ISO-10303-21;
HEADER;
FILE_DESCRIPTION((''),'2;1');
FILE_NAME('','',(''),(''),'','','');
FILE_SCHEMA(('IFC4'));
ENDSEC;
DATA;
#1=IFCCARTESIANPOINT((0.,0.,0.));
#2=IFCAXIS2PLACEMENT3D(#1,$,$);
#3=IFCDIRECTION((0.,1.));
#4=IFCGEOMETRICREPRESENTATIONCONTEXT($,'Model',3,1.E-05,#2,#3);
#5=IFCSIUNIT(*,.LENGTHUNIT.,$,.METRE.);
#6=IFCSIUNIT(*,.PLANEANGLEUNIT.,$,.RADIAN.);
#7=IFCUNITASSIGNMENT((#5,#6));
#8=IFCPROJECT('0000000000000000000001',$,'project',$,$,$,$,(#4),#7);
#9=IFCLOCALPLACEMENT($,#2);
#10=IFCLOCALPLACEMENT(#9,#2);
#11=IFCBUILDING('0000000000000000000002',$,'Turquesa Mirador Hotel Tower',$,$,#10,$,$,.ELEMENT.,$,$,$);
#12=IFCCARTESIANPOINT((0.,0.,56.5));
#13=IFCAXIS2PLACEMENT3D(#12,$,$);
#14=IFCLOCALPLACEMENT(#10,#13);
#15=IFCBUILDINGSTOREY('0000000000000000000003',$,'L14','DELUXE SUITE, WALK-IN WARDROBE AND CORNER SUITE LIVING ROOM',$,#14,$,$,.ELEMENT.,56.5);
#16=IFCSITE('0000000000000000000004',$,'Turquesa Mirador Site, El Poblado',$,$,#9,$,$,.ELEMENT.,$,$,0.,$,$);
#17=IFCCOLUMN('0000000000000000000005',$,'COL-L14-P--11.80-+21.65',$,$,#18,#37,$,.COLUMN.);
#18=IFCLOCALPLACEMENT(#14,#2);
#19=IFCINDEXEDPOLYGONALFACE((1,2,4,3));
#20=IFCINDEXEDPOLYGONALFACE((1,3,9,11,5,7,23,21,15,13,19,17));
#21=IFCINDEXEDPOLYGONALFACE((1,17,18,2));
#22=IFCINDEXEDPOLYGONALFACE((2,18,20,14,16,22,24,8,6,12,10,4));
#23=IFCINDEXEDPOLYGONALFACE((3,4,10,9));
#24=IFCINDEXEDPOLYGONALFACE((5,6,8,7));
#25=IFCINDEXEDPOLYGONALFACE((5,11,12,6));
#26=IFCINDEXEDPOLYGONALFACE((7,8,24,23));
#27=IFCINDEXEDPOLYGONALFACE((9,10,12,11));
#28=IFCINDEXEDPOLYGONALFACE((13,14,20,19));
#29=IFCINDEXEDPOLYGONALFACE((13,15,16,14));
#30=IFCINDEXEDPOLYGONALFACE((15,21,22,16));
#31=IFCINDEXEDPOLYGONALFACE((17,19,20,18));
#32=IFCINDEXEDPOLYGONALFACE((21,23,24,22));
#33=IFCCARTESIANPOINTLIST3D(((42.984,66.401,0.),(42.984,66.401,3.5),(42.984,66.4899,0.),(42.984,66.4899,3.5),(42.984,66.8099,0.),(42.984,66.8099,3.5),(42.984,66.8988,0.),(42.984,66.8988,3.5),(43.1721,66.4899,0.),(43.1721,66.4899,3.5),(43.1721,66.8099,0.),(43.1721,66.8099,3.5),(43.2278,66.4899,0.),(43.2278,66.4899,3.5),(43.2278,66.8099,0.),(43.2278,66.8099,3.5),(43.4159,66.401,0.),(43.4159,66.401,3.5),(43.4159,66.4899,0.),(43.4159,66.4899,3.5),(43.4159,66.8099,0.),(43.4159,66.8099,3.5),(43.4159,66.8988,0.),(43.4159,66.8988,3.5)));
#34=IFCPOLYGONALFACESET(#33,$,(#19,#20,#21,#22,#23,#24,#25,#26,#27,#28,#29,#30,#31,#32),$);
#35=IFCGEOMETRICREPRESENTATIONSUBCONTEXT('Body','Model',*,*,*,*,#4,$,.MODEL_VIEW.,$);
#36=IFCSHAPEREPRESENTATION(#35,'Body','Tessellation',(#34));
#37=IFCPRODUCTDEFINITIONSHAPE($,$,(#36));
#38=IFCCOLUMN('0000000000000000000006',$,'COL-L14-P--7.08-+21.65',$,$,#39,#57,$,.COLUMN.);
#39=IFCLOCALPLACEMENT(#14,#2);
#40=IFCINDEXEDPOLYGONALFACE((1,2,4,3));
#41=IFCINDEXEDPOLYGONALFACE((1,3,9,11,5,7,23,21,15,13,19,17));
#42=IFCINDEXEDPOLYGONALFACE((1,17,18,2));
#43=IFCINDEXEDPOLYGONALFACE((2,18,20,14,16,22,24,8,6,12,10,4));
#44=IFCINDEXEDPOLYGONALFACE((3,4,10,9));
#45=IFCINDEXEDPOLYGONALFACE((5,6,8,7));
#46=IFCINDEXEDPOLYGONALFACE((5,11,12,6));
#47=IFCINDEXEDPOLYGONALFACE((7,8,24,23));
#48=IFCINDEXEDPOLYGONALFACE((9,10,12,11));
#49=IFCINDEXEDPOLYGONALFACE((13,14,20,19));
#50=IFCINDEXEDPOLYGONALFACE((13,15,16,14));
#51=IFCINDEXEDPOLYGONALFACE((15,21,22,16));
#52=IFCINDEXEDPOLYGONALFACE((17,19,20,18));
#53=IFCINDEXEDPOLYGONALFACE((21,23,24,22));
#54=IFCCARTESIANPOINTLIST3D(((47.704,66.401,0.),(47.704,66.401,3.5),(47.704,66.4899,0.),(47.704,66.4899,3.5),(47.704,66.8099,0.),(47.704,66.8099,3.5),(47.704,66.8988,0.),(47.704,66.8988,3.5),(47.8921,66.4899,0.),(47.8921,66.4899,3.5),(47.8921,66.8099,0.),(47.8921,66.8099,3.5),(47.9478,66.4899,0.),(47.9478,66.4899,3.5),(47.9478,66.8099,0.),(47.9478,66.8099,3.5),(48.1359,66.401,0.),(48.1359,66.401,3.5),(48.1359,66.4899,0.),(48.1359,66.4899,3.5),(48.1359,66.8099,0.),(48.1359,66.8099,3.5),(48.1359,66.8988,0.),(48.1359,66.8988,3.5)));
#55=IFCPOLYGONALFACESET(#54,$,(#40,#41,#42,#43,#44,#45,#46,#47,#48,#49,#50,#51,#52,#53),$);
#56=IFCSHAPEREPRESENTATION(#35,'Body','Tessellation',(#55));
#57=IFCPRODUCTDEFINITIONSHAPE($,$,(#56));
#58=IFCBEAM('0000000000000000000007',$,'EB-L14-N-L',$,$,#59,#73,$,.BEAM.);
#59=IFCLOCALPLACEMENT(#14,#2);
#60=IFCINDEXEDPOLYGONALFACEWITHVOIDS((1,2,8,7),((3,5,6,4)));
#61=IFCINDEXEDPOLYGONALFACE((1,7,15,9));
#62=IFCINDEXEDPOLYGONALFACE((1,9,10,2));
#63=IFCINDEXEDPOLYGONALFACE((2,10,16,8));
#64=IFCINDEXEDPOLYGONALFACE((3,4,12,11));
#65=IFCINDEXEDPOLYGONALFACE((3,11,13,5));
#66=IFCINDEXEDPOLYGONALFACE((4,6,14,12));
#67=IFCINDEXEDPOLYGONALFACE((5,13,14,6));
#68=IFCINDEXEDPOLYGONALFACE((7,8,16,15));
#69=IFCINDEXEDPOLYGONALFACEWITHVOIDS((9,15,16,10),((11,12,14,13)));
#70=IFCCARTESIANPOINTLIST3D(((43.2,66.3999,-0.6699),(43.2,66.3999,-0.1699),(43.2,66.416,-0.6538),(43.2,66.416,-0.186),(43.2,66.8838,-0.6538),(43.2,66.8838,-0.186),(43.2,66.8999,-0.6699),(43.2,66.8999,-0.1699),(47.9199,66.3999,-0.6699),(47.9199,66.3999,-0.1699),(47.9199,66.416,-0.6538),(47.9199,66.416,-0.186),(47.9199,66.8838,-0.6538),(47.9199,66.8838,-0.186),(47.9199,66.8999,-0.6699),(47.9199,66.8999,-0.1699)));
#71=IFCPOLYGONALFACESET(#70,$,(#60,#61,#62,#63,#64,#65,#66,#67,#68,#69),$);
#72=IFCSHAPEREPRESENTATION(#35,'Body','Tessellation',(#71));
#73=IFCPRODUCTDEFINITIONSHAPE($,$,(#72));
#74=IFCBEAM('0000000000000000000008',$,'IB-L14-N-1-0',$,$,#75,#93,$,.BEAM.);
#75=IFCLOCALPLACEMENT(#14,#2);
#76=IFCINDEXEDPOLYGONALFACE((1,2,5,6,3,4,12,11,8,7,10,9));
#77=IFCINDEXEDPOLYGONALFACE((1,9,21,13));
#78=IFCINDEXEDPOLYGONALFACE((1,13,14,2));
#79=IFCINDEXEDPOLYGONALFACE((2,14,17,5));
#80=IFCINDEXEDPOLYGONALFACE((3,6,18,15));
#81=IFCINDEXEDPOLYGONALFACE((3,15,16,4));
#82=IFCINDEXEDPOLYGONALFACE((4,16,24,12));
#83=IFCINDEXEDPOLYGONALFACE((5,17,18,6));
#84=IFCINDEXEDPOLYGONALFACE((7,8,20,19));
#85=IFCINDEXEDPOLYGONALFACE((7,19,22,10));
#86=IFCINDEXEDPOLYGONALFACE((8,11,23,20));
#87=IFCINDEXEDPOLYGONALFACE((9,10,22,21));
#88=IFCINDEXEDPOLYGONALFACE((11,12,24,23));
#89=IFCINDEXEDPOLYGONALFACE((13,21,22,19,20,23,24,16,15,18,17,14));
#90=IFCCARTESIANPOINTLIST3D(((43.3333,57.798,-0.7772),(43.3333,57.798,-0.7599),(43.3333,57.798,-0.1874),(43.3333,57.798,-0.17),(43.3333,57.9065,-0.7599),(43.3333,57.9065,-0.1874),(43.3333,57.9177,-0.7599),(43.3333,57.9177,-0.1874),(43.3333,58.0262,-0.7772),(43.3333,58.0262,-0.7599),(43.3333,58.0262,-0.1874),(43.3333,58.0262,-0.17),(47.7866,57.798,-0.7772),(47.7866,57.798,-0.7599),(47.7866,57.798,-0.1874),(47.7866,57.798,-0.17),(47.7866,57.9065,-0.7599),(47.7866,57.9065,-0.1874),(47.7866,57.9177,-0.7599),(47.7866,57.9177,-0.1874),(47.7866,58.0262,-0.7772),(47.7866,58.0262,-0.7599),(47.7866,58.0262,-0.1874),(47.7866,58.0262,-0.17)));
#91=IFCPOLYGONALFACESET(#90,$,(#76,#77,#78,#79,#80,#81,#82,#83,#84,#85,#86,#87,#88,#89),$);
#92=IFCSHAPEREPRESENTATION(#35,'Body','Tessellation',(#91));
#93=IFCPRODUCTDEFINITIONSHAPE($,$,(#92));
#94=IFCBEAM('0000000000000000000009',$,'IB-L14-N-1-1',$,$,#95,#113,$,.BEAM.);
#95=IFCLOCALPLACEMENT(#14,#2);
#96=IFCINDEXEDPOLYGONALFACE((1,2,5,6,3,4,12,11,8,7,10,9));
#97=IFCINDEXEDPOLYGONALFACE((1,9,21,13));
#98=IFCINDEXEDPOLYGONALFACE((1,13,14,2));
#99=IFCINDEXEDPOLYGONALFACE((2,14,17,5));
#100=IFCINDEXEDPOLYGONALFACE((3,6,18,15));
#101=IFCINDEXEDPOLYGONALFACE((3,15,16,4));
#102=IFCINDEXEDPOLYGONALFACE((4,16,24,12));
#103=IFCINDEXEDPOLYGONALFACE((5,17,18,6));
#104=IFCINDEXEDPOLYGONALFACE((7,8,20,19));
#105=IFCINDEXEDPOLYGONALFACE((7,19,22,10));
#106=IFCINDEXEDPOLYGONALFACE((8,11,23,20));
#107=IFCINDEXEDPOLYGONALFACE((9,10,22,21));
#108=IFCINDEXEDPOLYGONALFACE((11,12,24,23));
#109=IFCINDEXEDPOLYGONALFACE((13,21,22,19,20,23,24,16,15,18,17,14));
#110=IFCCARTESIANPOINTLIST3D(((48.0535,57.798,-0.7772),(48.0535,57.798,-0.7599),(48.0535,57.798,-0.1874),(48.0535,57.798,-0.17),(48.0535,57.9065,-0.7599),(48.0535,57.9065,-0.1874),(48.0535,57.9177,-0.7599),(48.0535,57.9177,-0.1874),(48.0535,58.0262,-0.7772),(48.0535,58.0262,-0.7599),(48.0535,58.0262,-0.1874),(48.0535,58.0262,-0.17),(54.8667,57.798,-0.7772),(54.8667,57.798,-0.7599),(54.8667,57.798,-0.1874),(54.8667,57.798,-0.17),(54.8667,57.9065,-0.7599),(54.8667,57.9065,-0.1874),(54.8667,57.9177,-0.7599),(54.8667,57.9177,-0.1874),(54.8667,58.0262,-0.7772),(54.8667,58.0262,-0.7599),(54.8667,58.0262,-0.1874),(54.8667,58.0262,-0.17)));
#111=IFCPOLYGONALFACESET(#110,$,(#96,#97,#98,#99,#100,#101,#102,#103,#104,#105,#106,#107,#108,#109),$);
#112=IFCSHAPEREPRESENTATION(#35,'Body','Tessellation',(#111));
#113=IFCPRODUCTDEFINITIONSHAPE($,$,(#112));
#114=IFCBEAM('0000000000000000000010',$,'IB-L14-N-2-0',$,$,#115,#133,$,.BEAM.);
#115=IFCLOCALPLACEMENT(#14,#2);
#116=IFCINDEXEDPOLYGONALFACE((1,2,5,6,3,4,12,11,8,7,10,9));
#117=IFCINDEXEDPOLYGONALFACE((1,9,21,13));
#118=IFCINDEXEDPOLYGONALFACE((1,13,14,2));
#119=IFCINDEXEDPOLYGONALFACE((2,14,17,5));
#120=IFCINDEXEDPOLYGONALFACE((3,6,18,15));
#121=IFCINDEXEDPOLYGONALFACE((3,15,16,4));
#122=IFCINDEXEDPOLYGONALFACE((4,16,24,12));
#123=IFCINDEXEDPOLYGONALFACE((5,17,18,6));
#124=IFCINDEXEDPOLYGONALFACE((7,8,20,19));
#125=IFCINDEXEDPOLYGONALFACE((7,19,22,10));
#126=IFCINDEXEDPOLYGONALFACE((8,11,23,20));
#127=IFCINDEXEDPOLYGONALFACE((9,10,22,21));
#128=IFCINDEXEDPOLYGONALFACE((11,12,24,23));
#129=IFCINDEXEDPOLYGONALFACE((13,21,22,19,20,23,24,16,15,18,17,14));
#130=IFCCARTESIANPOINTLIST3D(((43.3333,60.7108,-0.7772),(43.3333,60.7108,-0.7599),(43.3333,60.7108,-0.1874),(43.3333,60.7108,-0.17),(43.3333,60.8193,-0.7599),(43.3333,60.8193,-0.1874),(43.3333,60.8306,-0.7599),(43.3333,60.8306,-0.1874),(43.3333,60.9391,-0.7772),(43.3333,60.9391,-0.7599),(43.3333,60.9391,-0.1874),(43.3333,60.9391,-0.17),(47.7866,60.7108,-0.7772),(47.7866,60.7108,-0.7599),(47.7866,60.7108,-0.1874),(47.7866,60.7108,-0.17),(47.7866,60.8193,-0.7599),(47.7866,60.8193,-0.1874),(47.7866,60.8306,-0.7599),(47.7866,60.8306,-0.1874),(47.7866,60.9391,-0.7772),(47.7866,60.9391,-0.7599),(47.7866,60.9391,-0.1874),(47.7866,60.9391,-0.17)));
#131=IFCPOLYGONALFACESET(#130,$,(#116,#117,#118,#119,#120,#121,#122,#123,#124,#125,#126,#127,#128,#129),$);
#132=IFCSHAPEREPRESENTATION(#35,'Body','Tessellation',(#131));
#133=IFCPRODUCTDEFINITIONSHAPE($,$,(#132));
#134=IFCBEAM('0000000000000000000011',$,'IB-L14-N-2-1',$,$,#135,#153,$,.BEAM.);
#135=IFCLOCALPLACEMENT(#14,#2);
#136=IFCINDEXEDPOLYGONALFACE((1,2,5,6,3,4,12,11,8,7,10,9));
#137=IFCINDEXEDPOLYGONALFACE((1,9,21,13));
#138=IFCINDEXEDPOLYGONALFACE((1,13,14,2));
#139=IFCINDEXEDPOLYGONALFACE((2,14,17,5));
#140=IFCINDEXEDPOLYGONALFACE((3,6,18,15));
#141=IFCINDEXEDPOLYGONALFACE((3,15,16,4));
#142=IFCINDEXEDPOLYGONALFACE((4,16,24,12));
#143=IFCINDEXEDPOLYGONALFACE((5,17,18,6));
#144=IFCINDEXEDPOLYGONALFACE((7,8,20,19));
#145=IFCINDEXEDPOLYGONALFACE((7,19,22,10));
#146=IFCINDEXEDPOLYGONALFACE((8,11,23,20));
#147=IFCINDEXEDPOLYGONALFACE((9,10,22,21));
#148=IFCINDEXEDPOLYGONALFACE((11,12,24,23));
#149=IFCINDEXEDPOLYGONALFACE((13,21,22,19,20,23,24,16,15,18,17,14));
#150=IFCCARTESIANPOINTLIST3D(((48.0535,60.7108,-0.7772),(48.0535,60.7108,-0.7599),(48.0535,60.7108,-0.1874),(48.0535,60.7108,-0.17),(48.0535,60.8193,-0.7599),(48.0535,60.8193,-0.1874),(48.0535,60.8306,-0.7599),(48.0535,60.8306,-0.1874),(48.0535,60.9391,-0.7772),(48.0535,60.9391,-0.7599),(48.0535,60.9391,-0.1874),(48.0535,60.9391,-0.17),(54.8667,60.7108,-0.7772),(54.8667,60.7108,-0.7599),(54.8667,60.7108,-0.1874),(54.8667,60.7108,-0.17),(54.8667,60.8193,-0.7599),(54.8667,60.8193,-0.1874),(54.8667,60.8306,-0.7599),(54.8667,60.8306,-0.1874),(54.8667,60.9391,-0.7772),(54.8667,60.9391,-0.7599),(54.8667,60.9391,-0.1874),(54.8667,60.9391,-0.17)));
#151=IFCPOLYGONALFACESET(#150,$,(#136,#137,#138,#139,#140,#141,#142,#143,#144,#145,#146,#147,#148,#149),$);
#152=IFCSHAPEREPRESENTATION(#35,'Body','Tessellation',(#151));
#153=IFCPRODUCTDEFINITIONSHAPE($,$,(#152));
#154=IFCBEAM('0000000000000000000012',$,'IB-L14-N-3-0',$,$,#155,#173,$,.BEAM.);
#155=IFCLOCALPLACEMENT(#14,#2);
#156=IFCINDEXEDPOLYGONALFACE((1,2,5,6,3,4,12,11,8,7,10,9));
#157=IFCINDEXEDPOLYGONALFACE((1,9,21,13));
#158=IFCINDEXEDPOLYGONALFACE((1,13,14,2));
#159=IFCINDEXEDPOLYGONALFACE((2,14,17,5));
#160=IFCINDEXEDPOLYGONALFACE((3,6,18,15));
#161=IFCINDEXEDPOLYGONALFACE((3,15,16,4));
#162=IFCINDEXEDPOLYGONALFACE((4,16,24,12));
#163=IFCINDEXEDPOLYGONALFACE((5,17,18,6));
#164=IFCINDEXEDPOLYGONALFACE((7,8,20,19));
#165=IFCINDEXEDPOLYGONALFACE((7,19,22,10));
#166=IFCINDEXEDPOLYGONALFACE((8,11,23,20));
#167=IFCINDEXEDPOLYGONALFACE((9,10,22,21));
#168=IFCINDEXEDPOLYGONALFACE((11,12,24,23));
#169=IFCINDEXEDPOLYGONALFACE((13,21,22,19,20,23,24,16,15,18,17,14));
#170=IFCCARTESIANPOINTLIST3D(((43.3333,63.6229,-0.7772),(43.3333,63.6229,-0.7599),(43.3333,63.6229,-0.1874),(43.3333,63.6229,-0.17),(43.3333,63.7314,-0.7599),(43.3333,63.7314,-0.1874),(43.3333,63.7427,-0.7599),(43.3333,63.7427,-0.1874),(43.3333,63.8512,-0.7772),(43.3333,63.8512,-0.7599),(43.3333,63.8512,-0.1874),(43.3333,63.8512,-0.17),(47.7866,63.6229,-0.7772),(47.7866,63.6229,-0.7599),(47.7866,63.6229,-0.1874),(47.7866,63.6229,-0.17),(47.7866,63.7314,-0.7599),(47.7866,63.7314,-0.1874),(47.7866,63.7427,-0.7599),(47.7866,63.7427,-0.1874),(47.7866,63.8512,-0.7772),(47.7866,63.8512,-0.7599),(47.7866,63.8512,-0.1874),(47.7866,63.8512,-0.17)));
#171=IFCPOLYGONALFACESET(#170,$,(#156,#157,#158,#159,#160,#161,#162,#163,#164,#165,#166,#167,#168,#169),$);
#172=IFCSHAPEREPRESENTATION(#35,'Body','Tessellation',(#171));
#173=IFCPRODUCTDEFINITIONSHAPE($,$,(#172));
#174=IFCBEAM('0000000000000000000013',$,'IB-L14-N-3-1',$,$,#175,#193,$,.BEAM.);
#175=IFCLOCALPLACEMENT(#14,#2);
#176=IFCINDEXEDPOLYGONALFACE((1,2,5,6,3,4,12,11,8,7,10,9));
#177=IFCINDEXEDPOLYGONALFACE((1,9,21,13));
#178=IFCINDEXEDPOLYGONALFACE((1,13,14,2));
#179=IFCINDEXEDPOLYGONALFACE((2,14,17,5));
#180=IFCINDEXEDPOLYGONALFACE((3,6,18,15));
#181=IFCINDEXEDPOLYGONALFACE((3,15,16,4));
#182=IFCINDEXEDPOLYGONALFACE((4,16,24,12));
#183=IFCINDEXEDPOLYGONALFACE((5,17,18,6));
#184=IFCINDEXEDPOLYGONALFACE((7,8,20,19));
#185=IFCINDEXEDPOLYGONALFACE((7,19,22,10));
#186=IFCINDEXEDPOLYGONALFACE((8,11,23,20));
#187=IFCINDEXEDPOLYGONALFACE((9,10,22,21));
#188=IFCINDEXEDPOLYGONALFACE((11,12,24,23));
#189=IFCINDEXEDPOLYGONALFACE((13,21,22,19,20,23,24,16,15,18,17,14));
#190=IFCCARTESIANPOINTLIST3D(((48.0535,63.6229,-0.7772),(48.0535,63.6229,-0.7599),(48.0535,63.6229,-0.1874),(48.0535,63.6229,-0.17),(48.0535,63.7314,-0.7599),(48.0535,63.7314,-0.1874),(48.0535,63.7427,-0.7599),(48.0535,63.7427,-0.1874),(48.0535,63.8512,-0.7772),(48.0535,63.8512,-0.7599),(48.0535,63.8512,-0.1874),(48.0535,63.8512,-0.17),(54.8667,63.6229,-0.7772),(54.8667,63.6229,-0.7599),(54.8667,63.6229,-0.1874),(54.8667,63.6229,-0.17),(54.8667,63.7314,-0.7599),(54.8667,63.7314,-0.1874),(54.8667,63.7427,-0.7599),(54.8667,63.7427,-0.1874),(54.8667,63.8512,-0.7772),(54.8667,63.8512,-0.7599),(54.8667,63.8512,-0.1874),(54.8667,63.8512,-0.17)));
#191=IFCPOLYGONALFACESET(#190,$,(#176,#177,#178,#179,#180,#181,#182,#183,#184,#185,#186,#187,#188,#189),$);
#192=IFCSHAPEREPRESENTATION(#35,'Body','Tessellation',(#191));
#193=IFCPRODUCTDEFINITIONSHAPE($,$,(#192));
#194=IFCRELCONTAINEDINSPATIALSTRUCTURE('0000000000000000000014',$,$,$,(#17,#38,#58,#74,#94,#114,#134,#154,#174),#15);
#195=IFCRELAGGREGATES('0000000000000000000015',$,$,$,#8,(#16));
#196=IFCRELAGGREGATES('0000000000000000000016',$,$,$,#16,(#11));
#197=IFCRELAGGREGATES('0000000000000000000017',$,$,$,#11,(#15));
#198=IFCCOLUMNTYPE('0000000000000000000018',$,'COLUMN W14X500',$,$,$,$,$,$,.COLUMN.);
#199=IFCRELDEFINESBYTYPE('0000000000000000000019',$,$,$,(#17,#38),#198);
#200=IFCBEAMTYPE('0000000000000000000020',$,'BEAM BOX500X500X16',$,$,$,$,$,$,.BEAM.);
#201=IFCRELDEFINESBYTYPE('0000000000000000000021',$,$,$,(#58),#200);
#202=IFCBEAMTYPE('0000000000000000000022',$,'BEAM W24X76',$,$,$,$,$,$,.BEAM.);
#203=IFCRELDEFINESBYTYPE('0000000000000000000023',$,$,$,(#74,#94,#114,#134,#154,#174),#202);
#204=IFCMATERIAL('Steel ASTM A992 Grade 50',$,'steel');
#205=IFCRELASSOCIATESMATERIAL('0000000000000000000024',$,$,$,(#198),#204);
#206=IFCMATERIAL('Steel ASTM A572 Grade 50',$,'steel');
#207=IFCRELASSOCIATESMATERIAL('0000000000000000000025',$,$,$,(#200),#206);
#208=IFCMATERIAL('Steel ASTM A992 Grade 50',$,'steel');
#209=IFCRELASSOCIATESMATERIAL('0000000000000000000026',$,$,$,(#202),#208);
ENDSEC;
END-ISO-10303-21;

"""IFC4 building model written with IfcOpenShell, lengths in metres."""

from ifc_helpers import new_model, si_unit, direction, frame, origin, origin_2d, place, context, subcontext, project, spatial, hollow_rectangle, i_section, extrude, material, material_profile, profile_set, type_object, element, save


model = new_model("IFC4")

# Units and contexts
model_context = context("Model", 3, precision=1e-05, world=origin(), true_north=direction((0.0, 1.0)))
body_context = subcontext(model_context, "Body", "Model", "MODEL_VIEW")
ifc_project = project(units=[si_unit("LENGTHUNIT", "METRE"), si_unit("PLANEANGLEUNIT", "RADIAN")], contexts=[model_context])

# Site, building, storey
site_placement = place(None, origin())
site = spatial("IfcSite", under=ifc_project, at=site_placement, Name="Turquesa Mirador Site, El Poblado", CompositionType="ELEMENT", RefElevation=0.0)
building_placement = place(site_placement, origin())
building = spatial("IfcBuilding", under=site, at=building_placement, Name="Turquesa Mirador Hotel Tower", CompositionType="ELEMENT")
storey_placement = place(building_placement, frame((0.0, 0.0, 56.5)))
storey = spatial("IfcBuildingStorey", under=building, at=storey_placement, Name="L14", Description="DELUXE SUITE, WALK-IN WARDROBE AND CORNER SUITE LIVING ROOM", CompositionType="ELEMENT", Elevation=56.5)

# Columns
ifc_material_1 = material(Name="Steel ASTM A992 Grade 50", Category="steel")
ifc_material_profile_1 = material_profile(ifc_material_1, i_section(OverallWidth=0.4319, OverallDepth=0.4978, WebThickness=0.0557, FlangeThickness=0.0889, at=origin_2d()), Name="W14X500")
ifc_profile_set_1 = profile_set([ifc_material_profile_1], Name="Steel ASTM A992 Grade 50")
column_type = type_object("IfcColumnType", Name="COLUMN W14X500", PredefinedType="COLUMN", material=ifc_profile_set_1)
for number, where, z_axis, x_axis, name in (
    (1, (43.2, 66.6499, 0.0), (0.0, 0.0, 1.0), (1.0, 0.0, 0.0), "COL-L14-P--11.80-+21.65"),
    (2, (47.9199, 66.6499, 0.0), (0.0, 0.0, 1.0), (1.0, 0.0, 0.0), "COL-L14-P--7.08-+21.65"),
):
    element("IfcColumn", number, at=place(storey_placement, frame(where, z_axis=z_axis, x_axis=x_axis)), inside=storey, type_object=column_type, Name=name, PredefinedType="COLUMN", context=body_context, shape_type="SweptSolid", body=[
        extrude(i_section(OverallWidth=0.4319, OverallDepth=0.4978, WebThickness=0.0557, FlangeThickness=0.0889, at=origin_2d()), origin(), (0.0, 0.0, 1.0), 3.5),
    ])

# Beams
ifc_material_2 = material(Name="Steel ASTM A572 Grade 50", Category="steel")
ifc_material_profile_2 = material_profile(ifc_material_2, hollow_rectangle(XDim=0.5, YDim=0.5, WallThickness=0.0161, at=origin_2d()), Name="BOX500X500X16")
ifc_profile_set_2 = profile_set([ifc_material_profile_2], Name="Steel ASTM A572 Grade 50")
beam_type_1 = type_object("IfcBeamType", Name="BEAM BOX500X500X16", PredefinedType="BEAM", material=ifc_profile_set_2)
beam_1_placement = place(storey_placement, frame((43.2, 66.6499, -0.4199), z_axis=(1.0, 0.0, 0.0), x_axis=(0.0, 1.0, 0.0)))
element("IfcBeam", 3, at=beam_1_placement, inside=storey, type_object=beam_type_1, Name="EB-L14-N-L", PredefinedType="BEAM", context=body_context, shape_type="SweptSolid", body=[
    extrude(hollow_rectangle(XDim=0.5, YDim=0.5, WallThickness=0.0161, at=origin_2d()), origin(), (0.0, 0.0, 1.0), 4.72),
])
ifc_material_3 = material(Name="Steel ASTM A992 Grade 50", Category="steel")
ifc_material_profile_3 = material_profile(ifc_material_3, i_section(OverallWidth=0.2283, OverallDepth=0.6072, WebThickness=0.0112, FlangeThickness=0.0173, at=origin_2d()), Name="W24X76")
ifc_profile_set_3 = profile_set([ifc_material_profile_3], Name="Steel ASTM A992 Grade 50")
beam_type_2 = type_object("IfcBeamType", Name="BEAM W24X76", PredefinedType="BEAM", material=ifc_profile_set_3)
beam_2_placement = place(storey_placement, frame((43.3333, 57.9121, -0.4736), z_axis=(1.0, 0.0, 0.0), x_axis=(0.0, 1.0, 0.0)))
element("IfcBeam", 4, at=beam_2_placement, inside=storey, type_object=beam_type_2, Name="IB-L14-N-1-0", PredefinedType="BEAM", context=body_context, shape_type="SweptSolid", body=[
    extrude(i_section(OverallWidth=0.2283, OverallDepth=0.6072, WebThickness=0.0112, FlangeThickness=0.0173, at=origin_2d()), origin(), (0.0, 0.0, 1.0), 4.4534),
])
beam_3_placement = place(storey_placement, frame((48.0535, 57.9121, -0.4736), z_axis=(1.0, 0.0, 0.0), x_axis=(0.0, 1.0, 0.0)))
element("IfcBeam", 5, at=beam_3_placement, inside=storey, type_object=beam_type_2, Name="IB-L14-N-1-1", PredefinedType="BEAM", context=body_context, shape_type="SweptSolid", body=[
    extrude(i_section(OverallWidth=0.2283, OverallDepth=0.6072, WebThickness=0.0112, FlangeThickness=0.0173, at=origin_2d()), origin(), (0.0, 0.0, 1.0), 6.8132),
])
beam_4_placement = place(storey_placement, frame((43.3333, 60.825, -0.4736), z_axis=(1.0, 0.0, 0.0), x_axis=(0.0, 1.0, 0.0)))
element("IfcBeam", 6, at=beam_4_placement, inside=storey, type_object=beam_type_2, Name="IB-L14-N-2-0", PredefinedType="BEAM", context=body_context, shape_type="SweptSolid", body=[
    extrude(i_section(OverallWidth=0.2283, OverallDepth=0.6072, WebThickness=0.0112, FlangeThickness=0.0173, at=origin_2d()), origin(), (0.0, 0.0, 1.0), 4.4534),
])
beam_5_placement = place(storey_placement, frame((48.0535, 60.825, -0.4736), z_axis=(1.0, 0.0, 0.0), x_axis=(0.0, 1.0, 0.0)))
element("IfcBeam", 7, at=beam_5_placement, inside=storey, type_object=beam_type_2, Name="IB-L14-N-2-1", PredefinedType="BEAM", context=body_context, shape_type="SweptSolid", body=[
    extrude(i_section(OverallWidth=0.2283, OverallDepth=0.6072, WebThickness=0.0112, FlangeThickness=0.0173, at=origin_2d()), origin(), (0.0, 0.0, 1.0), 6.8132),
])
beam_6_placement = place(storey_placement, frame((43.3333, 63.7371, -0.4736), z_axis=(1.0, 0.0, 0.0), x_axis=(0.0, 1.0, 0.0)))
element("IfcBeam", 8, at=beam_6_placement, inside=storey, type_object=beam_type_2, Name="IB-L14-N-3-0", PredefinedType="BEAM", context=body_context, shape_type="SweptSolid", body=[
    extrude(i_section(OverallWidth=0.2283, OverallDepth=0.6072, WebThickness=0.0112, FlangeThickness=0.0173, at=origin_2d()), origin(), (0.0, 0.0, 1.0), 4.4534),
])
beam_7_placement = place(storey_placement, frame((48.0535, 63.7371, -0.4736), z_axis=(1.0, 0.0, 0.0), x_axis=(0.0, 1.0, 0.0)))
element("IfcBeam", 9, at=beam_7_placement, inside=storey, type_object=beam_type_2, Name="IB-L14-N-3-1", PredefinedType="BEAM", context=body_context, shape_type="SweptSolid", body=[
    extrude(i_section(OverallWidth=0.2283, OverallDepth=0.6072, WebThickness=0.0112, FlangeThickness=0.0173, at=origin_2d()), origin(), (0.0, 0.0, 1.0), 6.8132),
])

save(model, "model.ifc")
